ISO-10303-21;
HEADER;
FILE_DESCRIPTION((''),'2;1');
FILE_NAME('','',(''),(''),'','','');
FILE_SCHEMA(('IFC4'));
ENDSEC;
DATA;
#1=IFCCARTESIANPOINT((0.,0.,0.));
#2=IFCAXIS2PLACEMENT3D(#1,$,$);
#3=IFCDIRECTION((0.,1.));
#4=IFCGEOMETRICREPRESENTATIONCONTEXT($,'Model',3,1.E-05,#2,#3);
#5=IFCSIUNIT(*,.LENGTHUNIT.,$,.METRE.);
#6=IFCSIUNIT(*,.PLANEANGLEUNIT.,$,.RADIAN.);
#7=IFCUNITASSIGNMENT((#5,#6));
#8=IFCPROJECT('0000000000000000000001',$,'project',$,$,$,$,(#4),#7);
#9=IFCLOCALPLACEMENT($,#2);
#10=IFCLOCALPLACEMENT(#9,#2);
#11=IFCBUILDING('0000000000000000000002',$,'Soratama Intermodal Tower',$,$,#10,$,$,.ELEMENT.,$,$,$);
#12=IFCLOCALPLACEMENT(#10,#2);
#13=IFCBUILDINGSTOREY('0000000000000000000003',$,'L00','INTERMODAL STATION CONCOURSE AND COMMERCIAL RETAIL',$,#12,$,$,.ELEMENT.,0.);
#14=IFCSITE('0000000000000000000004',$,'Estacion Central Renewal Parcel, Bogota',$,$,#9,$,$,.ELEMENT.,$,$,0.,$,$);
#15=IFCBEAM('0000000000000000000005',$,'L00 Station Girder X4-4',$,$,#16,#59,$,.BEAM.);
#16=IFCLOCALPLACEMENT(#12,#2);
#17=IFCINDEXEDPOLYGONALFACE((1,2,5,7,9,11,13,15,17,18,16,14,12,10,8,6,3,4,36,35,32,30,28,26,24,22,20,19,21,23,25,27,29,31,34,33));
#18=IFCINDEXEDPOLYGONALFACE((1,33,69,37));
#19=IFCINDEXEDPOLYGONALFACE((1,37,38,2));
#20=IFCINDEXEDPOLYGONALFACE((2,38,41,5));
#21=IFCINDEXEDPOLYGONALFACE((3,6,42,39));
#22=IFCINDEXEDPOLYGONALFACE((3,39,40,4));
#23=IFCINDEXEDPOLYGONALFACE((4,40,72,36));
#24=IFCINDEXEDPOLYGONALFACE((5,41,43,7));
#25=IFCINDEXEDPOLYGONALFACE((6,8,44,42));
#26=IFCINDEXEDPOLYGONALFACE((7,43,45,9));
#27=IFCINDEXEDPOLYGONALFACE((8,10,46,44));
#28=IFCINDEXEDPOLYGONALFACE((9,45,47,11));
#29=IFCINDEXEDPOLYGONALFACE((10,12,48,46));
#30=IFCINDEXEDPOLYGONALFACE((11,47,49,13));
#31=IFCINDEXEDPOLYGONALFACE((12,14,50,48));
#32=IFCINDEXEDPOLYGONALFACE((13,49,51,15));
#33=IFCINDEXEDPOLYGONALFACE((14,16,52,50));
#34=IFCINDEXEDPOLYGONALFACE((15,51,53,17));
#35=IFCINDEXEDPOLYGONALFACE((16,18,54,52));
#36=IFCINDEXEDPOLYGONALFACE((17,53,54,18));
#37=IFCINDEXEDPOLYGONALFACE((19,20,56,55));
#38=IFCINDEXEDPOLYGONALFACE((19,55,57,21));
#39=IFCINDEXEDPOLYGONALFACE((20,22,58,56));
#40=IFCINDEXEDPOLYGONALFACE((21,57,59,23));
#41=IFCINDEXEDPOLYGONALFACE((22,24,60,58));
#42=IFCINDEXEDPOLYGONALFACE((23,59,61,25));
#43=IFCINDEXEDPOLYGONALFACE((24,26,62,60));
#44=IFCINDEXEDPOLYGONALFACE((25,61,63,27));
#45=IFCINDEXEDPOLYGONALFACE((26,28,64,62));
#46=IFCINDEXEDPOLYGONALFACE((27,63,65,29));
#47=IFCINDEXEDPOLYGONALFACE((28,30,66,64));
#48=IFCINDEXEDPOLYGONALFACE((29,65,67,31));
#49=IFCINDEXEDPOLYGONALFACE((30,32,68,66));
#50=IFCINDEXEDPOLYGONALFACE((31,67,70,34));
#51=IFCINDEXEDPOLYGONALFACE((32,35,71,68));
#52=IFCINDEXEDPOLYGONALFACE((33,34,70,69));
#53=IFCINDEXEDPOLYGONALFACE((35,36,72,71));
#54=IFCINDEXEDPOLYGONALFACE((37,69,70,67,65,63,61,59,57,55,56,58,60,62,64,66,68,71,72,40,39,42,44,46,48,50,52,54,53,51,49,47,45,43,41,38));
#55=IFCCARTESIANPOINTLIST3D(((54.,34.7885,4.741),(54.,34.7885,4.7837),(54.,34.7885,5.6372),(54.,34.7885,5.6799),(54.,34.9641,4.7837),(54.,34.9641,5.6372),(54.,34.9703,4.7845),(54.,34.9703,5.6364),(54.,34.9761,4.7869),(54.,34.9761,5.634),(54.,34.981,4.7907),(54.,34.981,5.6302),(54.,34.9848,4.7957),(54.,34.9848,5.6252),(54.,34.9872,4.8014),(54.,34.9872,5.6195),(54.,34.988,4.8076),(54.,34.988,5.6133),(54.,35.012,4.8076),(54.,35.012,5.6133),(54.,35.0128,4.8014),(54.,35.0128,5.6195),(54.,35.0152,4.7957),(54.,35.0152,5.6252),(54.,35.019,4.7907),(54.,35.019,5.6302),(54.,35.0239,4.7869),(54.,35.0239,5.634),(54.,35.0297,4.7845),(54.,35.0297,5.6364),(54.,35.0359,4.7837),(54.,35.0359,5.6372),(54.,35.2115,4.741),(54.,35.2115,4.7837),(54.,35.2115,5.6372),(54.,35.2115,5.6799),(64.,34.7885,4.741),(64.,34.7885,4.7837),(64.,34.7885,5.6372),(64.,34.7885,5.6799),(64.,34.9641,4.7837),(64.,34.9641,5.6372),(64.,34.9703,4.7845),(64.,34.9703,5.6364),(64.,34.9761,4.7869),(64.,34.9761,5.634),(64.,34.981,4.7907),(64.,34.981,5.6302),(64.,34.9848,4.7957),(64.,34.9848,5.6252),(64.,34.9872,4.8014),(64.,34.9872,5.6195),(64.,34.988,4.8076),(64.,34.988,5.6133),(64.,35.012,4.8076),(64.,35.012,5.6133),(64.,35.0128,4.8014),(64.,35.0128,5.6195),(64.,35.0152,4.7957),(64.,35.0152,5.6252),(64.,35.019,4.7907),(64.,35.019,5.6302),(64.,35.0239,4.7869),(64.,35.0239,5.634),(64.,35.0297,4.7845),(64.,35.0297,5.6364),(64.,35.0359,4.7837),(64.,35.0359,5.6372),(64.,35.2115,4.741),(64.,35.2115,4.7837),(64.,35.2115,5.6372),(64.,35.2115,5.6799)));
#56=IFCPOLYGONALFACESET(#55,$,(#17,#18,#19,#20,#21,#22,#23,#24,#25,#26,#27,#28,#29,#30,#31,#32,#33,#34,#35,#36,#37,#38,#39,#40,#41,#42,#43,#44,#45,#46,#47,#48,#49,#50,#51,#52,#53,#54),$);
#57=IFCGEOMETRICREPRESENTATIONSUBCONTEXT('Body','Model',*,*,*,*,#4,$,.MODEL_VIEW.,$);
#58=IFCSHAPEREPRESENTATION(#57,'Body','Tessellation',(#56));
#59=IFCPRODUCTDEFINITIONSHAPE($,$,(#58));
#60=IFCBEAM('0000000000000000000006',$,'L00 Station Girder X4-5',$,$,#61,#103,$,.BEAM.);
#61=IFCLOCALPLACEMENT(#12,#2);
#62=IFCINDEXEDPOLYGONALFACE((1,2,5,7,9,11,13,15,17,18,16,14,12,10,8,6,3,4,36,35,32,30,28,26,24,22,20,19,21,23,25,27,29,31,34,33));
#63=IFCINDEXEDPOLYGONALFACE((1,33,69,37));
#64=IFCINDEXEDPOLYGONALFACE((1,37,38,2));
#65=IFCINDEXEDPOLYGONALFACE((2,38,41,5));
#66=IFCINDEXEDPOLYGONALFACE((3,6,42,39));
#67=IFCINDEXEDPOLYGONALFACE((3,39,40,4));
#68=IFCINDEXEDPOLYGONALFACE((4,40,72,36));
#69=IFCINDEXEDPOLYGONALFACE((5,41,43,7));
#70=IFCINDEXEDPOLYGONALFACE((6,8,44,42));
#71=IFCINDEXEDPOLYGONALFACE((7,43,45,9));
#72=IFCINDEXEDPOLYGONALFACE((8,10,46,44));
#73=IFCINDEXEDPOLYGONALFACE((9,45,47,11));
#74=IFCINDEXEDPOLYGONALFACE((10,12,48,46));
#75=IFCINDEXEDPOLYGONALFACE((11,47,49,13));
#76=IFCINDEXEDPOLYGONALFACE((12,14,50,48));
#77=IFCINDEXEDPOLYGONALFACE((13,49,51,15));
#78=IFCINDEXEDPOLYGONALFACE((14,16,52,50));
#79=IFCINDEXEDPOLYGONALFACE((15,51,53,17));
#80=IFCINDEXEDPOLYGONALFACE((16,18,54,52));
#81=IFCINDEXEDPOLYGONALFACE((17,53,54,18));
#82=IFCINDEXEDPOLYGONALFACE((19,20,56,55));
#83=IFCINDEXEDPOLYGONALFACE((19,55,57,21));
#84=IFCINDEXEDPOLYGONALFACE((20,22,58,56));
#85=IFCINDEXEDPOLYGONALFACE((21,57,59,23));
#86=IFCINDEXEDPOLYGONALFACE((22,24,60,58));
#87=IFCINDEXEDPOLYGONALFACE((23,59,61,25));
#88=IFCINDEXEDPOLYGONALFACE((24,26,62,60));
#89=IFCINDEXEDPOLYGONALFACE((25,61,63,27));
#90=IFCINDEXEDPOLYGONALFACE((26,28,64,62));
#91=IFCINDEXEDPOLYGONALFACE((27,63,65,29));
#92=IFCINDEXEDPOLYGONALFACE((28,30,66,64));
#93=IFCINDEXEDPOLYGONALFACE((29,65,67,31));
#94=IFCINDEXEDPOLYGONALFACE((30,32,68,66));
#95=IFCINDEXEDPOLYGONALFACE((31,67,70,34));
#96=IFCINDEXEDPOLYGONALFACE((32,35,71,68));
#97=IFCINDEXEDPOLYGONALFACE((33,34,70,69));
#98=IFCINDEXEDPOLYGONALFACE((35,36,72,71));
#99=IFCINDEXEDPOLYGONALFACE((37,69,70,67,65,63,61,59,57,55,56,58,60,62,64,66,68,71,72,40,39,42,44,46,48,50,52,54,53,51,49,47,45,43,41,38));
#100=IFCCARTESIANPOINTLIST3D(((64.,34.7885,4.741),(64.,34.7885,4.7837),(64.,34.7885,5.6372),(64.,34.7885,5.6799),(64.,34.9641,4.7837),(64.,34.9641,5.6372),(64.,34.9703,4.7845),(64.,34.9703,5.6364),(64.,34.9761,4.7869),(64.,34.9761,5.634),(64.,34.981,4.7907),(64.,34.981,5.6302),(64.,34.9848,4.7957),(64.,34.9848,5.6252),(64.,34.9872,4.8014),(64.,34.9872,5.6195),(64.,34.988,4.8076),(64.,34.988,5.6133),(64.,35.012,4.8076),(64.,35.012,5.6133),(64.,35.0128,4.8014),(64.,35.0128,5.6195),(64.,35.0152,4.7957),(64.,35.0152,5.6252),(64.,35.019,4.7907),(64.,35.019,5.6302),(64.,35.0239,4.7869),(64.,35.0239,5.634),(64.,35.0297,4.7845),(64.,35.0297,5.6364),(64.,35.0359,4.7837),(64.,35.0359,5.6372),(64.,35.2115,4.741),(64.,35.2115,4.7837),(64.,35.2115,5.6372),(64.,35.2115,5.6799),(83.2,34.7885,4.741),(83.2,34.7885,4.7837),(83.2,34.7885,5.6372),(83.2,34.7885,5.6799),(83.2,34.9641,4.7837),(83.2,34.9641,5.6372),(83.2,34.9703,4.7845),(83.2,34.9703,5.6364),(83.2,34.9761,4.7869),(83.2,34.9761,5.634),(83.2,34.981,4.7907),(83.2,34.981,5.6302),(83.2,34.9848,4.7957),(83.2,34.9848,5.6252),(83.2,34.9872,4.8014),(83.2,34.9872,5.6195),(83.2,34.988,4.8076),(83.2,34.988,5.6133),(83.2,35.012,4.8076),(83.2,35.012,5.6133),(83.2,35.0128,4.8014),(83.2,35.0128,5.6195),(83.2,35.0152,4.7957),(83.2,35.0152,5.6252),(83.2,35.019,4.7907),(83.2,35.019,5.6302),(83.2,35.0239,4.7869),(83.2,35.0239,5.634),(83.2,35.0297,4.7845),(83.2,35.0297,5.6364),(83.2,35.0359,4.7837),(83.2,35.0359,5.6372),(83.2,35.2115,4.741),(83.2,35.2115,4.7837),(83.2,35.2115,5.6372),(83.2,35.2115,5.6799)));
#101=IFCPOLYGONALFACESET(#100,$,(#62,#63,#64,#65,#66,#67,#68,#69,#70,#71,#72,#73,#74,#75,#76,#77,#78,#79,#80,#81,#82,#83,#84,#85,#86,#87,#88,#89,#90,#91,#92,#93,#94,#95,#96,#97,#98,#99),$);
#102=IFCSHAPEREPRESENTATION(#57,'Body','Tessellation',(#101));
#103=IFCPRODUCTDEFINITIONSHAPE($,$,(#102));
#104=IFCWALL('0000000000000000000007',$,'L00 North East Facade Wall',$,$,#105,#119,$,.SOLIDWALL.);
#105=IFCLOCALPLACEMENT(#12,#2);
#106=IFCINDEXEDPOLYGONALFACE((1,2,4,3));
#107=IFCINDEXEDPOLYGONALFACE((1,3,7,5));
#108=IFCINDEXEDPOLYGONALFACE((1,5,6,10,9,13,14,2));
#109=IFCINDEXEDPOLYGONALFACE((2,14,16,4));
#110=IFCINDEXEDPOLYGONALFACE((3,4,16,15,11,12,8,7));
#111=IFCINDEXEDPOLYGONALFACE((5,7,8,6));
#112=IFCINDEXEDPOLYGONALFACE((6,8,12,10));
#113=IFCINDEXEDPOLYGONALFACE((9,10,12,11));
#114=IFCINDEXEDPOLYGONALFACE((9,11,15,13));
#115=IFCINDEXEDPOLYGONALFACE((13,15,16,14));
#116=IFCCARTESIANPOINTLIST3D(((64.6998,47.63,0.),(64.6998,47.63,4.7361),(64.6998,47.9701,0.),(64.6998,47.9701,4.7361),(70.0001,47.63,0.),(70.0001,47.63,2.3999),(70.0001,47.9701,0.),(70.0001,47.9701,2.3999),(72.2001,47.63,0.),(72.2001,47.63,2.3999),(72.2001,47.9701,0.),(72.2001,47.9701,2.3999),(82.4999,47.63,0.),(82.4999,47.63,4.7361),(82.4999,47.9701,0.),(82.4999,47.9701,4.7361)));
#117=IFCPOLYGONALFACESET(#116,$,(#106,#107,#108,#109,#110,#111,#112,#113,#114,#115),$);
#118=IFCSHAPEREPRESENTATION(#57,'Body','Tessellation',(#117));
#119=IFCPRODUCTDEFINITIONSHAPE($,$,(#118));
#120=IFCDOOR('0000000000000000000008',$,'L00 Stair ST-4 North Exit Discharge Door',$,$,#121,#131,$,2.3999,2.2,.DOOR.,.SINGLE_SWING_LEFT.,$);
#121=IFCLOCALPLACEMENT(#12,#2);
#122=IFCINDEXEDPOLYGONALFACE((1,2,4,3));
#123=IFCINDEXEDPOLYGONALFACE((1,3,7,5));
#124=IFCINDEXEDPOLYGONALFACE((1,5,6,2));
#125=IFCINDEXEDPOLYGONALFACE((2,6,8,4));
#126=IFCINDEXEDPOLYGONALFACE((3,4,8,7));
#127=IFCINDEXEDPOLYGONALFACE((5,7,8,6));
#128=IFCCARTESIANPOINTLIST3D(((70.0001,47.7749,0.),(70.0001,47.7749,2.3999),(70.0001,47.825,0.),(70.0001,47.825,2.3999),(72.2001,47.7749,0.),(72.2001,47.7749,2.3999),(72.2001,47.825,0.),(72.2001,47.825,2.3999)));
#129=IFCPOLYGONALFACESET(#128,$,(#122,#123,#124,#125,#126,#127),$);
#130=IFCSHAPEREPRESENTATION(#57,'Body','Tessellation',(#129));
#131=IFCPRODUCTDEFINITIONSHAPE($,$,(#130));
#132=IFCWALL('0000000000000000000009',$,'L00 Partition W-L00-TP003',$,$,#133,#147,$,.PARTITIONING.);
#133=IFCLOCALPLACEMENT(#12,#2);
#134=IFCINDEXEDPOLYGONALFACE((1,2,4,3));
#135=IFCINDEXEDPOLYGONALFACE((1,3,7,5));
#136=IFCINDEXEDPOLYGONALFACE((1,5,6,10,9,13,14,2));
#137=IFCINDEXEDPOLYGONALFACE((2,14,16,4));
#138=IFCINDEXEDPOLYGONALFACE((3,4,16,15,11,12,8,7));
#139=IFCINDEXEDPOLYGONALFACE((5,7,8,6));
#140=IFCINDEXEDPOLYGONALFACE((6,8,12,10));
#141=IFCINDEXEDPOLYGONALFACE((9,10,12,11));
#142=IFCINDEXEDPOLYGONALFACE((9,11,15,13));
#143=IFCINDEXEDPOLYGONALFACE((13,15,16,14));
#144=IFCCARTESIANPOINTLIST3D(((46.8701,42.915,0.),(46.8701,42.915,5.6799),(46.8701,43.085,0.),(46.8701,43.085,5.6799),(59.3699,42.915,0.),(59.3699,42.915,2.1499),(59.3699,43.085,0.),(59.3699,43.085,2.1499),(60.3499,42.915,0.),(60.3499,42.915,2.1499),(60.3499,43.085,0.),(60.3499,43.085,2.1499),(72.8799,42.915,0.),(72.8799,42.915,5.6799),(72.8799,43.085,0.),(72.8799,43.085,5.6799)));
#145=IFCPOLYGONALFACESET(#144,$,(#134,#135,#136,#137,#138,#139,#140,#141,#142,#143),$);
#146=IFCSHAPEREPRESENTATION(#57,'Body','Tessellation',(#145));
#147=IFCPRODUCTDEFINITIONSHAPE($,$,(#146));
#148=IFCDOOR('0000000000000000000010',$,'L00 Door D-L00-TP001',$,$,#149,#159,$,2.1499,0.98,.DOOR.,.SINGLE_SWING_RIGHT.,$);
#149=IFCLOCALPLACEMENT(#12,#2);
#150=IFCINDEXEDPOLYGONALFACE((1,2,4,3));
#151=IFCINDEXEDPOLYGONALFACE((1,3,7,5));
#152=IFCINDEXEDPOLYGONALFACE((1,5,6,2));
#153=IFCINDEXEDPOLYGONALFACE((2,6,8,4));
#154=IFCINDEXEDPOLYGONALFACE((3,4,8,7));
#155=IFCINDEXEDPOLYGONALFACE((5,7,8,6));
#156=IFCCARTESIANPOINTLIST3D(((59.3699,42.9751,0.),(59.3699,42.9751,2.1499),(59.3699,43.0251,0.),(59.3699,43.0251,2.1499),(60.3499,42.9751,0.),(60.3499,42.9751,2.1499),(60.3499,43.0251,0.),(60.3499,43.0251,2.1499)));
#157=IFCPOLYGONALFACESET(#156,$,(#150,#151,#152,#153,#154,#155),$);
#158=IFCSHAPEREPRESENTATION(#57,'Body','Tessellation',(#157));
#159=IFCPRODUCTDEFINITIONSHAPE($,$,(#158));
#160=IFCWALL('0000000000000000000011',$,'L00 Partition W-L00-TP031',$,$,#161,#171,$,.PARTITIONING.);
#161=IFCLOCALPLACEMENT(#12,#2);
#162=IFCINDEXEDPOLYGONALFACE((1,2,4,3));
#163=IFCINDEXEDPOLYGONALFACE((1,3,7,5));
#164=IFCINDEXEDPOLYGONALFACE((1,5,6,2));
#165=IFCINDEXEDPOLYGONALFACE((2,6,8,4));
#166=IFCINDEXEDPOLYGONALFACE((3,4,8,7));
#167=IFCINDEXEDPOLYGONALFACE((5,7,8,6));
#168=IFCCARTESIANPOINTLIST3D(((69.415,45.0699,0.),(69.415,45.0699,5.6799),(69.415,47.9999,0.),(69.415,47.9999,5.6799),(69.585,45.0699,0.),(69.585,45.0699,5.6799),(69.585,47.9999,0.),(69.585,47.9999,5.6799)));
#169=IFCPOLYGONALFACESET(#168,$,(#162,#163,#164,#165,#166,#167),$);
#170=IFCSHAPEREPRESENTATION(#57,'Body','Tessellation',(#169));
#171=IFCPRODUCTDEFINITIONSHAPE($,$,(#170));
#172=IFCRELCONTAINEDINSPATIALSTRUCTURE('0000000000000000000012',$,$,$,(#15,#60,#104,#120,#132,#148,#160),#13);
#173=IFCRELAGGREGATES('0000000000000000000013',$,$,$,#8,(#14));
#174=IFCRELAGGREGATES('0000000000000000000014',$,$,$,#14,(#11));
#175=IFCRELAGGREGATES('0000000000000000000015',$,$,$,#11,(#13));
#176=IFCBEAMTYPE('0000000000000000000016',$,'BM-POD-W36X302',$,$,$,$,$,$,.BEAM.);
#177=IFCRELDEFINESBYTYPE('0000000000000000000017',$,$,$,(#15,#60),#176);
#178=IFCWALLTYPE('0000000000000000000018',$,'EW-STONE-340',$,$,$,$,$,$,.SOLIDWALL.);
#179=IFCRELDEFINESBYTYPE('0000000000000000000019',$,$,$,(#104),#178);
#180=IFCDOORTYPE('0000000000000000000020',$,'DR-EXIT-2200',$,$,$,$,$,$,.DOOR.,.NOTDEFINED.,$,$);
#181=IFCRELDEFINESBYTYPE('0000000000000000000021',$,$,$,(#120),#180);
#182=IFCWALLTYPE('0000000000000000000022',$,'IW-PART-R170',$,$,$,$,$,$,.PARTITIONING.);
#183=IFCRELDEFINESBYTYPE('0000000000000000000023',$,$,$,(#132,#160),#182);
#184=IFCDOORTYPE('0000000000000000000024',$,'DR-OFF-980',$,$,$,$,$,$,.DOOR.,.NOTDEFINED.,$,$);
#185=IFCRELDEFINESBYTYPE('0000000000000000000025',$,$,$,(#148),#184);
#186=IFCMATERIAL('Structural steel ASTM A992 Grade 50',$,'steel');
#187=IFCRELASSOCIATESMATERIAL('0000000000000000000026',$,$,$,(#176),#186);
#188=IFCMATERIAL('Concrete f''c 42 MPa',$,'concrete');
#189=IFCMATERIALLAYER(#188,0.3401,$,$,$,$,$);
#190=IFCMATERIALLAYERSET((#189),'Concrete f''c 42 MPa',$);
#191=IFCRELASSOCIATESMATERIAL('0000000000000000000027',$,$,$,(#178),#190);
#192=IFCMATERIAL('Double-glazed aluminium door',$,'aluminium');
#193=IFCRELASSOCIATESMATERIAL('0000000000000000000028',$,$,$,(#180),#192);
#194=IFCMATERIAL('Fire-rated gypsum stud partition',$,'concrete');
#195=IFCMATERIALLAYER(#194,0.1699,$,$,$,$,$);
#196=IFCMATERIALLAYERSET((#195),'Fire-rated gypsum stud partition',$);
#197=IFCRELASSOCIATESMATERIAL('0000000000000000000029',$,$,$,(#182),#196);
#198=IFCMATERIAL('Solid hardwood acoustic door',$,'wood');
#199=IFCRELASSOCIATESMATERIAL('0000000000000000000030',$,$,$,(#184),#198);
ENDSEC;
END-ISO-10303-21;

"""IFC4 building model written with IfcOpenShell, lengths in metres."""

from ifc_helpers import new_model, si_unit, direction, frame, frame_2d, origin, origin_2d, place, context, subcontext, project, spatial, rectangle, i_section, extrude, material, layer, layer_set, material_profile, profile_set, type_object, element, fill, save


model = new_model("IFC4")

# Units and contexts
model_context = context("Model", 3, precision=1e-05, world=origin(), true_north=direction((0.0, 1.0)))
body_context = subcontext(model_context, "Body", "Model", "MODEL_VIEW")
ifc_project = project(units=[si_unit("LENGTHUNIT", "METRE"), si_unit("PLANEANGLEUNIT", "RADIAN")], contexts=[model_context])

# Site, building, storey
site_placement = place(None, origin())
site = spatial("IfcSite", under=ifc_project, at=site_placement, Name="Estacion Central Renewal Parcel, Bogota", CompositionType="ELEMENT", RefElevation=0.0)
building_placement = place(site_placement, origin())
building = spatial("IfcBuilding", under=site, at=building_placement, Name="Soratama Intermodal Tower", CompositionType="ELEMENT")
storey_placement = place(building_placement, origin())
storey = spatial("IfcBuildingStorey", under=building, at=storey_placement, Name="L00", Description="INTERMODAL STATION CONCOURSE AND COMMERCIAL RETAIL", CompositionType="ELEMENT", Elevation=0.0)

# Beams
ifc_material_1 = material(Name="Structural steel ASTM A992 Grade 50", Category="steel")
ifc_material_profile_1 = material_profile(ifc_material_1, i_section(OverallWidth=0.4231, OverallDepth=0.939, WebThickness=0.0239, FlangeThickness=0.0427, FilletRadius=0.0239, at=origin_2d()), Name="W36X302")
ifc_profile_set_1 = profile_set([ifc_material_profile_1], Name="Structural steel ASTM A992 Grade 50")
beam_type_1 = type_object("IfcBeamType", Name="BM-POD-W36X302", PredefinedType="BEAM", material=ifc_profile_set_1)
beam_1_placement = place(storey_placement, frame((54.0, 35.0, 5.2104), z_axis=(1.0, 0.0, 0.0), x_axis=(0.0, 1.0, 0.0)))
element("IfcBeam", 1, at=beam_1_placement, inside=storey, type_object=beam_type_1, Name="L00 Station Girder X4-4", PredefinedType="BEAM", context=body_context, shape_type="SweptSolid", body=[
    extrude(i_section(OverallWidth=0.4231, OverallDepth=0.939, WebThickness=0.0239, FlangeThickness=0.0427, FilletRadius=0.0239, at=origin_2d()), origin(), (0.0, 0.0, 1.0), 10.0),
])
beam_2_placement = place(storey_placement, frame((64.0, 35.0, 5.2104), z_axis=(1.0, 0.0, 0.0), x_axis=(0.0, 1.0, 0.0)))
element("IfcBeam", 2, at=beam_2_placement, inside=storey, type_object=beam_type_1, Name="L00 Station Girder X4-5", PredefinedType="BEAM", context=body_context, shape_type="SweptSolid", body=[
    extrude(i_section(OverallWidth=0.4231, OverallDepth=0.939, WebThickness=0.0239, FlangeThickness=0.0427, FilletRadius=0.0239, at=origin_2d()), origin(), (0.0, 0.0, 1.0), 19.2),
])

# Walls, openings, doors
ifc_material_2 = material(Name="Concrete f'c 42 MPa", Category="concrete")
ifc_layer_1 = layer(ifc_material_2, 0.3401)
ifc_layer_set_1 = layer_set([ifc_layer_1], Name="Concrete f'c 42 MPa")
wall_type_1 = type_object("IfcWallType", Name="EW-STONE-340", PredefinedType="SOLIDWALL", material=ifc_layer_set_1)
wall_1_placement = place(storey_placement, frame((64.7, 47.8, 0.0), z_axis=(0.0, 0.0, 1.0), x_axis=(1.0, 0.0, 0.0)))
wall_1 = element("IfcWall", 3, at=wall_1_placement, inside=storey, type_object=wall_type_1, Name="L00 North East Facade Wall", PredefinedType="SOLIDWALL", context=body_context, shape_type="SweptSolid", body=[
    extrude(rectangle(XDim=17.8, YDim=0.3401, at=frame_2d((8.8999, 0.0))), origin(), (0.0, 0.0, 1.0), 4.7361),
])
opening_1_placement = place(wall_1_placement, frame((5.3, 0.0, 0.0)))
opening_1 = element("IfcOpeningElement", 4, at=opening_1_placement, cuts=wall_1, PredefinedType="OPENING", context=body_context, shape_type="SweptSolid", body=[
    extrude(rectangle(XDim=2.2, YDim=2.3999, at=frame_2d((1.1001, 1.2))), frame((0.0, 0.1799, 0.0), z_axis=(0.0, -1.0, 0.0), x_axis=(1.0, 0.0, 0.0)), (0.0, 0.0, 1.0), 0.3601),
])
ifc_material_3 = material(Name="Double-glazed aluminium door", Category="aluminium")
door_type_1 = type_object("IfcDoorType", Name="DR-EXIT-2200", OperationType="NOTDEFINED", PredefinedType="DOOR", material=ifc_material_3)
door_1_placement = place(opening_1_placement, origin())
door_1 = element("IfcDoor", 5, at=door_1_placement, inside=storey, type_object=door_type_1, Name="L00 Stair ST-4 North Exit Discharge Door", OperationType="SINGLE_SWING_LEFT", OverallHeight=2.3999, OverallWidth=2.2, PredefinedType="DOOR", context=body_context, shape_type="SweptSolid", body=[
    extrude(rectangle(XDim=2.2, YDim=2.3999, at=frame_2d((1.1001, 1.2))), frame((0.0, 0.0249, 0.0), z_axis=(0.0, -1.0, 0.0), x_axis=(1.0, 0.0, 0.0)), (0.0, 0.0, 1.0), 0.05),
])
fill(opening_1, door_1)
ifc_material_4 = material(Name="Fire-rated gypsum stud partition", Category="concrete")
ifc_layer_2 = layer(ifc_material_4, 0.1699)
ifc_layer_set_2 = layer_set([ifc_layer_2], Name="Fire-rated gypsum stud partition")
wall_type_2 = type_object("IfcWallType", Name="IW-PART-R170", PredefinedType="PARTITIONING", material=ifc_layer_set_2)
wall_2_placement = place(storey_placement, frame((72.8799, 43.0, 0.0), z_axis=(0.0, 0.0, 1.0), x_axis=(-1.0, 0.0, 0.0)))
wall_2 = element("IfcWall", 6, at=wall_2_placement, inside=storey, type_object=wall_type_2, Name="L00 Partition W-L00-TP003", PredefinedType="PARTITIONING", context=body_context, shape_type="SweptSolid", body=[
    extrude(rectangle(XDim=26.0098, YDim=0.1699, at=frame_2d((13.0049, 0.0))), origin(), (0.0, 0.0, 1.0), 5.6799),
])
opening_2_placement = place(wall_2_placement, frame((12.53, 0.0, 0.0)))
opening_2 = element("IfcOpeningElement", 7, at=opening_2_placement, cuts=wall_2, PredefinedType="OPENING", context=body_context, shape_type="SweptSolid", body=[
    extrude(rectangle(XDim=0.98, YDim=2.1499, at=frame_2d((0.49, 1.075))), frame((0.0, 0.095, 0.0), z_axis=(0.0, -1.0, 0.0), x_axis=(1.0, 0.0, 0.0)), (0.0, 0.0, 1.0), 0.1899),
])
ifc_material_5 = material(Name="Solid hardwood acoustic door", Category="wood")
door_type_2 = type_object("IfcDoorType", Name="DR-OFF-980", OperationType="NOTDEFINED", PredefinedType="DOOR", material=ifc_material_5)
door_2_placement = place(opening_2_placement, origin())
door_2 = element("IfcDoor", 8, at=door_2_placement, inside=storey, type_object=door_type_2, Name="L00 Door D-L00-TP001", OperationType="SINGLE_SWING_RIGHT", OverallHeight=2.1499, OverallWidth=0.98, PredefinedType="DOOR", context=body_context, shape_type="SweptSolid", body=[
    extrude(rectangle(XDim=0.98, YDim=2.1499, at=frame_2d((0.49, 1.075))), frame((0.0, 0.0249, 0.0), z_axis=(0.0, -1.0, 0.0), x_axis=(1.0, 0.0, 0.0)), (0.0, 0.0, 1.0), 0.05),
])
fill(opening_2, door_2)

# Wall
wall_3_placement = place(storey_placement, frame((69.5, 45.0701, 0.0), z_axis=(0.0, 0.0, 1.0), x_axis=(0.0, 1.0, 0.0)))
element("IfcWall", 9, at=wall_3_placement, inside=storey, type_object=wall_type_2, Name="L00 Partition W-L00-TP031", PredefinedType="PARTITIONING", context=body_context, shape_type="SweptSolid", body=[
    extrude(rectangle(XDim=2.9299, YDim=0.1699, at=frame_2d((1.4648, 0.0))), origin(), (0.0, 0.0, 1.0), 5.6799),
])

save(model, "model.ifc")
